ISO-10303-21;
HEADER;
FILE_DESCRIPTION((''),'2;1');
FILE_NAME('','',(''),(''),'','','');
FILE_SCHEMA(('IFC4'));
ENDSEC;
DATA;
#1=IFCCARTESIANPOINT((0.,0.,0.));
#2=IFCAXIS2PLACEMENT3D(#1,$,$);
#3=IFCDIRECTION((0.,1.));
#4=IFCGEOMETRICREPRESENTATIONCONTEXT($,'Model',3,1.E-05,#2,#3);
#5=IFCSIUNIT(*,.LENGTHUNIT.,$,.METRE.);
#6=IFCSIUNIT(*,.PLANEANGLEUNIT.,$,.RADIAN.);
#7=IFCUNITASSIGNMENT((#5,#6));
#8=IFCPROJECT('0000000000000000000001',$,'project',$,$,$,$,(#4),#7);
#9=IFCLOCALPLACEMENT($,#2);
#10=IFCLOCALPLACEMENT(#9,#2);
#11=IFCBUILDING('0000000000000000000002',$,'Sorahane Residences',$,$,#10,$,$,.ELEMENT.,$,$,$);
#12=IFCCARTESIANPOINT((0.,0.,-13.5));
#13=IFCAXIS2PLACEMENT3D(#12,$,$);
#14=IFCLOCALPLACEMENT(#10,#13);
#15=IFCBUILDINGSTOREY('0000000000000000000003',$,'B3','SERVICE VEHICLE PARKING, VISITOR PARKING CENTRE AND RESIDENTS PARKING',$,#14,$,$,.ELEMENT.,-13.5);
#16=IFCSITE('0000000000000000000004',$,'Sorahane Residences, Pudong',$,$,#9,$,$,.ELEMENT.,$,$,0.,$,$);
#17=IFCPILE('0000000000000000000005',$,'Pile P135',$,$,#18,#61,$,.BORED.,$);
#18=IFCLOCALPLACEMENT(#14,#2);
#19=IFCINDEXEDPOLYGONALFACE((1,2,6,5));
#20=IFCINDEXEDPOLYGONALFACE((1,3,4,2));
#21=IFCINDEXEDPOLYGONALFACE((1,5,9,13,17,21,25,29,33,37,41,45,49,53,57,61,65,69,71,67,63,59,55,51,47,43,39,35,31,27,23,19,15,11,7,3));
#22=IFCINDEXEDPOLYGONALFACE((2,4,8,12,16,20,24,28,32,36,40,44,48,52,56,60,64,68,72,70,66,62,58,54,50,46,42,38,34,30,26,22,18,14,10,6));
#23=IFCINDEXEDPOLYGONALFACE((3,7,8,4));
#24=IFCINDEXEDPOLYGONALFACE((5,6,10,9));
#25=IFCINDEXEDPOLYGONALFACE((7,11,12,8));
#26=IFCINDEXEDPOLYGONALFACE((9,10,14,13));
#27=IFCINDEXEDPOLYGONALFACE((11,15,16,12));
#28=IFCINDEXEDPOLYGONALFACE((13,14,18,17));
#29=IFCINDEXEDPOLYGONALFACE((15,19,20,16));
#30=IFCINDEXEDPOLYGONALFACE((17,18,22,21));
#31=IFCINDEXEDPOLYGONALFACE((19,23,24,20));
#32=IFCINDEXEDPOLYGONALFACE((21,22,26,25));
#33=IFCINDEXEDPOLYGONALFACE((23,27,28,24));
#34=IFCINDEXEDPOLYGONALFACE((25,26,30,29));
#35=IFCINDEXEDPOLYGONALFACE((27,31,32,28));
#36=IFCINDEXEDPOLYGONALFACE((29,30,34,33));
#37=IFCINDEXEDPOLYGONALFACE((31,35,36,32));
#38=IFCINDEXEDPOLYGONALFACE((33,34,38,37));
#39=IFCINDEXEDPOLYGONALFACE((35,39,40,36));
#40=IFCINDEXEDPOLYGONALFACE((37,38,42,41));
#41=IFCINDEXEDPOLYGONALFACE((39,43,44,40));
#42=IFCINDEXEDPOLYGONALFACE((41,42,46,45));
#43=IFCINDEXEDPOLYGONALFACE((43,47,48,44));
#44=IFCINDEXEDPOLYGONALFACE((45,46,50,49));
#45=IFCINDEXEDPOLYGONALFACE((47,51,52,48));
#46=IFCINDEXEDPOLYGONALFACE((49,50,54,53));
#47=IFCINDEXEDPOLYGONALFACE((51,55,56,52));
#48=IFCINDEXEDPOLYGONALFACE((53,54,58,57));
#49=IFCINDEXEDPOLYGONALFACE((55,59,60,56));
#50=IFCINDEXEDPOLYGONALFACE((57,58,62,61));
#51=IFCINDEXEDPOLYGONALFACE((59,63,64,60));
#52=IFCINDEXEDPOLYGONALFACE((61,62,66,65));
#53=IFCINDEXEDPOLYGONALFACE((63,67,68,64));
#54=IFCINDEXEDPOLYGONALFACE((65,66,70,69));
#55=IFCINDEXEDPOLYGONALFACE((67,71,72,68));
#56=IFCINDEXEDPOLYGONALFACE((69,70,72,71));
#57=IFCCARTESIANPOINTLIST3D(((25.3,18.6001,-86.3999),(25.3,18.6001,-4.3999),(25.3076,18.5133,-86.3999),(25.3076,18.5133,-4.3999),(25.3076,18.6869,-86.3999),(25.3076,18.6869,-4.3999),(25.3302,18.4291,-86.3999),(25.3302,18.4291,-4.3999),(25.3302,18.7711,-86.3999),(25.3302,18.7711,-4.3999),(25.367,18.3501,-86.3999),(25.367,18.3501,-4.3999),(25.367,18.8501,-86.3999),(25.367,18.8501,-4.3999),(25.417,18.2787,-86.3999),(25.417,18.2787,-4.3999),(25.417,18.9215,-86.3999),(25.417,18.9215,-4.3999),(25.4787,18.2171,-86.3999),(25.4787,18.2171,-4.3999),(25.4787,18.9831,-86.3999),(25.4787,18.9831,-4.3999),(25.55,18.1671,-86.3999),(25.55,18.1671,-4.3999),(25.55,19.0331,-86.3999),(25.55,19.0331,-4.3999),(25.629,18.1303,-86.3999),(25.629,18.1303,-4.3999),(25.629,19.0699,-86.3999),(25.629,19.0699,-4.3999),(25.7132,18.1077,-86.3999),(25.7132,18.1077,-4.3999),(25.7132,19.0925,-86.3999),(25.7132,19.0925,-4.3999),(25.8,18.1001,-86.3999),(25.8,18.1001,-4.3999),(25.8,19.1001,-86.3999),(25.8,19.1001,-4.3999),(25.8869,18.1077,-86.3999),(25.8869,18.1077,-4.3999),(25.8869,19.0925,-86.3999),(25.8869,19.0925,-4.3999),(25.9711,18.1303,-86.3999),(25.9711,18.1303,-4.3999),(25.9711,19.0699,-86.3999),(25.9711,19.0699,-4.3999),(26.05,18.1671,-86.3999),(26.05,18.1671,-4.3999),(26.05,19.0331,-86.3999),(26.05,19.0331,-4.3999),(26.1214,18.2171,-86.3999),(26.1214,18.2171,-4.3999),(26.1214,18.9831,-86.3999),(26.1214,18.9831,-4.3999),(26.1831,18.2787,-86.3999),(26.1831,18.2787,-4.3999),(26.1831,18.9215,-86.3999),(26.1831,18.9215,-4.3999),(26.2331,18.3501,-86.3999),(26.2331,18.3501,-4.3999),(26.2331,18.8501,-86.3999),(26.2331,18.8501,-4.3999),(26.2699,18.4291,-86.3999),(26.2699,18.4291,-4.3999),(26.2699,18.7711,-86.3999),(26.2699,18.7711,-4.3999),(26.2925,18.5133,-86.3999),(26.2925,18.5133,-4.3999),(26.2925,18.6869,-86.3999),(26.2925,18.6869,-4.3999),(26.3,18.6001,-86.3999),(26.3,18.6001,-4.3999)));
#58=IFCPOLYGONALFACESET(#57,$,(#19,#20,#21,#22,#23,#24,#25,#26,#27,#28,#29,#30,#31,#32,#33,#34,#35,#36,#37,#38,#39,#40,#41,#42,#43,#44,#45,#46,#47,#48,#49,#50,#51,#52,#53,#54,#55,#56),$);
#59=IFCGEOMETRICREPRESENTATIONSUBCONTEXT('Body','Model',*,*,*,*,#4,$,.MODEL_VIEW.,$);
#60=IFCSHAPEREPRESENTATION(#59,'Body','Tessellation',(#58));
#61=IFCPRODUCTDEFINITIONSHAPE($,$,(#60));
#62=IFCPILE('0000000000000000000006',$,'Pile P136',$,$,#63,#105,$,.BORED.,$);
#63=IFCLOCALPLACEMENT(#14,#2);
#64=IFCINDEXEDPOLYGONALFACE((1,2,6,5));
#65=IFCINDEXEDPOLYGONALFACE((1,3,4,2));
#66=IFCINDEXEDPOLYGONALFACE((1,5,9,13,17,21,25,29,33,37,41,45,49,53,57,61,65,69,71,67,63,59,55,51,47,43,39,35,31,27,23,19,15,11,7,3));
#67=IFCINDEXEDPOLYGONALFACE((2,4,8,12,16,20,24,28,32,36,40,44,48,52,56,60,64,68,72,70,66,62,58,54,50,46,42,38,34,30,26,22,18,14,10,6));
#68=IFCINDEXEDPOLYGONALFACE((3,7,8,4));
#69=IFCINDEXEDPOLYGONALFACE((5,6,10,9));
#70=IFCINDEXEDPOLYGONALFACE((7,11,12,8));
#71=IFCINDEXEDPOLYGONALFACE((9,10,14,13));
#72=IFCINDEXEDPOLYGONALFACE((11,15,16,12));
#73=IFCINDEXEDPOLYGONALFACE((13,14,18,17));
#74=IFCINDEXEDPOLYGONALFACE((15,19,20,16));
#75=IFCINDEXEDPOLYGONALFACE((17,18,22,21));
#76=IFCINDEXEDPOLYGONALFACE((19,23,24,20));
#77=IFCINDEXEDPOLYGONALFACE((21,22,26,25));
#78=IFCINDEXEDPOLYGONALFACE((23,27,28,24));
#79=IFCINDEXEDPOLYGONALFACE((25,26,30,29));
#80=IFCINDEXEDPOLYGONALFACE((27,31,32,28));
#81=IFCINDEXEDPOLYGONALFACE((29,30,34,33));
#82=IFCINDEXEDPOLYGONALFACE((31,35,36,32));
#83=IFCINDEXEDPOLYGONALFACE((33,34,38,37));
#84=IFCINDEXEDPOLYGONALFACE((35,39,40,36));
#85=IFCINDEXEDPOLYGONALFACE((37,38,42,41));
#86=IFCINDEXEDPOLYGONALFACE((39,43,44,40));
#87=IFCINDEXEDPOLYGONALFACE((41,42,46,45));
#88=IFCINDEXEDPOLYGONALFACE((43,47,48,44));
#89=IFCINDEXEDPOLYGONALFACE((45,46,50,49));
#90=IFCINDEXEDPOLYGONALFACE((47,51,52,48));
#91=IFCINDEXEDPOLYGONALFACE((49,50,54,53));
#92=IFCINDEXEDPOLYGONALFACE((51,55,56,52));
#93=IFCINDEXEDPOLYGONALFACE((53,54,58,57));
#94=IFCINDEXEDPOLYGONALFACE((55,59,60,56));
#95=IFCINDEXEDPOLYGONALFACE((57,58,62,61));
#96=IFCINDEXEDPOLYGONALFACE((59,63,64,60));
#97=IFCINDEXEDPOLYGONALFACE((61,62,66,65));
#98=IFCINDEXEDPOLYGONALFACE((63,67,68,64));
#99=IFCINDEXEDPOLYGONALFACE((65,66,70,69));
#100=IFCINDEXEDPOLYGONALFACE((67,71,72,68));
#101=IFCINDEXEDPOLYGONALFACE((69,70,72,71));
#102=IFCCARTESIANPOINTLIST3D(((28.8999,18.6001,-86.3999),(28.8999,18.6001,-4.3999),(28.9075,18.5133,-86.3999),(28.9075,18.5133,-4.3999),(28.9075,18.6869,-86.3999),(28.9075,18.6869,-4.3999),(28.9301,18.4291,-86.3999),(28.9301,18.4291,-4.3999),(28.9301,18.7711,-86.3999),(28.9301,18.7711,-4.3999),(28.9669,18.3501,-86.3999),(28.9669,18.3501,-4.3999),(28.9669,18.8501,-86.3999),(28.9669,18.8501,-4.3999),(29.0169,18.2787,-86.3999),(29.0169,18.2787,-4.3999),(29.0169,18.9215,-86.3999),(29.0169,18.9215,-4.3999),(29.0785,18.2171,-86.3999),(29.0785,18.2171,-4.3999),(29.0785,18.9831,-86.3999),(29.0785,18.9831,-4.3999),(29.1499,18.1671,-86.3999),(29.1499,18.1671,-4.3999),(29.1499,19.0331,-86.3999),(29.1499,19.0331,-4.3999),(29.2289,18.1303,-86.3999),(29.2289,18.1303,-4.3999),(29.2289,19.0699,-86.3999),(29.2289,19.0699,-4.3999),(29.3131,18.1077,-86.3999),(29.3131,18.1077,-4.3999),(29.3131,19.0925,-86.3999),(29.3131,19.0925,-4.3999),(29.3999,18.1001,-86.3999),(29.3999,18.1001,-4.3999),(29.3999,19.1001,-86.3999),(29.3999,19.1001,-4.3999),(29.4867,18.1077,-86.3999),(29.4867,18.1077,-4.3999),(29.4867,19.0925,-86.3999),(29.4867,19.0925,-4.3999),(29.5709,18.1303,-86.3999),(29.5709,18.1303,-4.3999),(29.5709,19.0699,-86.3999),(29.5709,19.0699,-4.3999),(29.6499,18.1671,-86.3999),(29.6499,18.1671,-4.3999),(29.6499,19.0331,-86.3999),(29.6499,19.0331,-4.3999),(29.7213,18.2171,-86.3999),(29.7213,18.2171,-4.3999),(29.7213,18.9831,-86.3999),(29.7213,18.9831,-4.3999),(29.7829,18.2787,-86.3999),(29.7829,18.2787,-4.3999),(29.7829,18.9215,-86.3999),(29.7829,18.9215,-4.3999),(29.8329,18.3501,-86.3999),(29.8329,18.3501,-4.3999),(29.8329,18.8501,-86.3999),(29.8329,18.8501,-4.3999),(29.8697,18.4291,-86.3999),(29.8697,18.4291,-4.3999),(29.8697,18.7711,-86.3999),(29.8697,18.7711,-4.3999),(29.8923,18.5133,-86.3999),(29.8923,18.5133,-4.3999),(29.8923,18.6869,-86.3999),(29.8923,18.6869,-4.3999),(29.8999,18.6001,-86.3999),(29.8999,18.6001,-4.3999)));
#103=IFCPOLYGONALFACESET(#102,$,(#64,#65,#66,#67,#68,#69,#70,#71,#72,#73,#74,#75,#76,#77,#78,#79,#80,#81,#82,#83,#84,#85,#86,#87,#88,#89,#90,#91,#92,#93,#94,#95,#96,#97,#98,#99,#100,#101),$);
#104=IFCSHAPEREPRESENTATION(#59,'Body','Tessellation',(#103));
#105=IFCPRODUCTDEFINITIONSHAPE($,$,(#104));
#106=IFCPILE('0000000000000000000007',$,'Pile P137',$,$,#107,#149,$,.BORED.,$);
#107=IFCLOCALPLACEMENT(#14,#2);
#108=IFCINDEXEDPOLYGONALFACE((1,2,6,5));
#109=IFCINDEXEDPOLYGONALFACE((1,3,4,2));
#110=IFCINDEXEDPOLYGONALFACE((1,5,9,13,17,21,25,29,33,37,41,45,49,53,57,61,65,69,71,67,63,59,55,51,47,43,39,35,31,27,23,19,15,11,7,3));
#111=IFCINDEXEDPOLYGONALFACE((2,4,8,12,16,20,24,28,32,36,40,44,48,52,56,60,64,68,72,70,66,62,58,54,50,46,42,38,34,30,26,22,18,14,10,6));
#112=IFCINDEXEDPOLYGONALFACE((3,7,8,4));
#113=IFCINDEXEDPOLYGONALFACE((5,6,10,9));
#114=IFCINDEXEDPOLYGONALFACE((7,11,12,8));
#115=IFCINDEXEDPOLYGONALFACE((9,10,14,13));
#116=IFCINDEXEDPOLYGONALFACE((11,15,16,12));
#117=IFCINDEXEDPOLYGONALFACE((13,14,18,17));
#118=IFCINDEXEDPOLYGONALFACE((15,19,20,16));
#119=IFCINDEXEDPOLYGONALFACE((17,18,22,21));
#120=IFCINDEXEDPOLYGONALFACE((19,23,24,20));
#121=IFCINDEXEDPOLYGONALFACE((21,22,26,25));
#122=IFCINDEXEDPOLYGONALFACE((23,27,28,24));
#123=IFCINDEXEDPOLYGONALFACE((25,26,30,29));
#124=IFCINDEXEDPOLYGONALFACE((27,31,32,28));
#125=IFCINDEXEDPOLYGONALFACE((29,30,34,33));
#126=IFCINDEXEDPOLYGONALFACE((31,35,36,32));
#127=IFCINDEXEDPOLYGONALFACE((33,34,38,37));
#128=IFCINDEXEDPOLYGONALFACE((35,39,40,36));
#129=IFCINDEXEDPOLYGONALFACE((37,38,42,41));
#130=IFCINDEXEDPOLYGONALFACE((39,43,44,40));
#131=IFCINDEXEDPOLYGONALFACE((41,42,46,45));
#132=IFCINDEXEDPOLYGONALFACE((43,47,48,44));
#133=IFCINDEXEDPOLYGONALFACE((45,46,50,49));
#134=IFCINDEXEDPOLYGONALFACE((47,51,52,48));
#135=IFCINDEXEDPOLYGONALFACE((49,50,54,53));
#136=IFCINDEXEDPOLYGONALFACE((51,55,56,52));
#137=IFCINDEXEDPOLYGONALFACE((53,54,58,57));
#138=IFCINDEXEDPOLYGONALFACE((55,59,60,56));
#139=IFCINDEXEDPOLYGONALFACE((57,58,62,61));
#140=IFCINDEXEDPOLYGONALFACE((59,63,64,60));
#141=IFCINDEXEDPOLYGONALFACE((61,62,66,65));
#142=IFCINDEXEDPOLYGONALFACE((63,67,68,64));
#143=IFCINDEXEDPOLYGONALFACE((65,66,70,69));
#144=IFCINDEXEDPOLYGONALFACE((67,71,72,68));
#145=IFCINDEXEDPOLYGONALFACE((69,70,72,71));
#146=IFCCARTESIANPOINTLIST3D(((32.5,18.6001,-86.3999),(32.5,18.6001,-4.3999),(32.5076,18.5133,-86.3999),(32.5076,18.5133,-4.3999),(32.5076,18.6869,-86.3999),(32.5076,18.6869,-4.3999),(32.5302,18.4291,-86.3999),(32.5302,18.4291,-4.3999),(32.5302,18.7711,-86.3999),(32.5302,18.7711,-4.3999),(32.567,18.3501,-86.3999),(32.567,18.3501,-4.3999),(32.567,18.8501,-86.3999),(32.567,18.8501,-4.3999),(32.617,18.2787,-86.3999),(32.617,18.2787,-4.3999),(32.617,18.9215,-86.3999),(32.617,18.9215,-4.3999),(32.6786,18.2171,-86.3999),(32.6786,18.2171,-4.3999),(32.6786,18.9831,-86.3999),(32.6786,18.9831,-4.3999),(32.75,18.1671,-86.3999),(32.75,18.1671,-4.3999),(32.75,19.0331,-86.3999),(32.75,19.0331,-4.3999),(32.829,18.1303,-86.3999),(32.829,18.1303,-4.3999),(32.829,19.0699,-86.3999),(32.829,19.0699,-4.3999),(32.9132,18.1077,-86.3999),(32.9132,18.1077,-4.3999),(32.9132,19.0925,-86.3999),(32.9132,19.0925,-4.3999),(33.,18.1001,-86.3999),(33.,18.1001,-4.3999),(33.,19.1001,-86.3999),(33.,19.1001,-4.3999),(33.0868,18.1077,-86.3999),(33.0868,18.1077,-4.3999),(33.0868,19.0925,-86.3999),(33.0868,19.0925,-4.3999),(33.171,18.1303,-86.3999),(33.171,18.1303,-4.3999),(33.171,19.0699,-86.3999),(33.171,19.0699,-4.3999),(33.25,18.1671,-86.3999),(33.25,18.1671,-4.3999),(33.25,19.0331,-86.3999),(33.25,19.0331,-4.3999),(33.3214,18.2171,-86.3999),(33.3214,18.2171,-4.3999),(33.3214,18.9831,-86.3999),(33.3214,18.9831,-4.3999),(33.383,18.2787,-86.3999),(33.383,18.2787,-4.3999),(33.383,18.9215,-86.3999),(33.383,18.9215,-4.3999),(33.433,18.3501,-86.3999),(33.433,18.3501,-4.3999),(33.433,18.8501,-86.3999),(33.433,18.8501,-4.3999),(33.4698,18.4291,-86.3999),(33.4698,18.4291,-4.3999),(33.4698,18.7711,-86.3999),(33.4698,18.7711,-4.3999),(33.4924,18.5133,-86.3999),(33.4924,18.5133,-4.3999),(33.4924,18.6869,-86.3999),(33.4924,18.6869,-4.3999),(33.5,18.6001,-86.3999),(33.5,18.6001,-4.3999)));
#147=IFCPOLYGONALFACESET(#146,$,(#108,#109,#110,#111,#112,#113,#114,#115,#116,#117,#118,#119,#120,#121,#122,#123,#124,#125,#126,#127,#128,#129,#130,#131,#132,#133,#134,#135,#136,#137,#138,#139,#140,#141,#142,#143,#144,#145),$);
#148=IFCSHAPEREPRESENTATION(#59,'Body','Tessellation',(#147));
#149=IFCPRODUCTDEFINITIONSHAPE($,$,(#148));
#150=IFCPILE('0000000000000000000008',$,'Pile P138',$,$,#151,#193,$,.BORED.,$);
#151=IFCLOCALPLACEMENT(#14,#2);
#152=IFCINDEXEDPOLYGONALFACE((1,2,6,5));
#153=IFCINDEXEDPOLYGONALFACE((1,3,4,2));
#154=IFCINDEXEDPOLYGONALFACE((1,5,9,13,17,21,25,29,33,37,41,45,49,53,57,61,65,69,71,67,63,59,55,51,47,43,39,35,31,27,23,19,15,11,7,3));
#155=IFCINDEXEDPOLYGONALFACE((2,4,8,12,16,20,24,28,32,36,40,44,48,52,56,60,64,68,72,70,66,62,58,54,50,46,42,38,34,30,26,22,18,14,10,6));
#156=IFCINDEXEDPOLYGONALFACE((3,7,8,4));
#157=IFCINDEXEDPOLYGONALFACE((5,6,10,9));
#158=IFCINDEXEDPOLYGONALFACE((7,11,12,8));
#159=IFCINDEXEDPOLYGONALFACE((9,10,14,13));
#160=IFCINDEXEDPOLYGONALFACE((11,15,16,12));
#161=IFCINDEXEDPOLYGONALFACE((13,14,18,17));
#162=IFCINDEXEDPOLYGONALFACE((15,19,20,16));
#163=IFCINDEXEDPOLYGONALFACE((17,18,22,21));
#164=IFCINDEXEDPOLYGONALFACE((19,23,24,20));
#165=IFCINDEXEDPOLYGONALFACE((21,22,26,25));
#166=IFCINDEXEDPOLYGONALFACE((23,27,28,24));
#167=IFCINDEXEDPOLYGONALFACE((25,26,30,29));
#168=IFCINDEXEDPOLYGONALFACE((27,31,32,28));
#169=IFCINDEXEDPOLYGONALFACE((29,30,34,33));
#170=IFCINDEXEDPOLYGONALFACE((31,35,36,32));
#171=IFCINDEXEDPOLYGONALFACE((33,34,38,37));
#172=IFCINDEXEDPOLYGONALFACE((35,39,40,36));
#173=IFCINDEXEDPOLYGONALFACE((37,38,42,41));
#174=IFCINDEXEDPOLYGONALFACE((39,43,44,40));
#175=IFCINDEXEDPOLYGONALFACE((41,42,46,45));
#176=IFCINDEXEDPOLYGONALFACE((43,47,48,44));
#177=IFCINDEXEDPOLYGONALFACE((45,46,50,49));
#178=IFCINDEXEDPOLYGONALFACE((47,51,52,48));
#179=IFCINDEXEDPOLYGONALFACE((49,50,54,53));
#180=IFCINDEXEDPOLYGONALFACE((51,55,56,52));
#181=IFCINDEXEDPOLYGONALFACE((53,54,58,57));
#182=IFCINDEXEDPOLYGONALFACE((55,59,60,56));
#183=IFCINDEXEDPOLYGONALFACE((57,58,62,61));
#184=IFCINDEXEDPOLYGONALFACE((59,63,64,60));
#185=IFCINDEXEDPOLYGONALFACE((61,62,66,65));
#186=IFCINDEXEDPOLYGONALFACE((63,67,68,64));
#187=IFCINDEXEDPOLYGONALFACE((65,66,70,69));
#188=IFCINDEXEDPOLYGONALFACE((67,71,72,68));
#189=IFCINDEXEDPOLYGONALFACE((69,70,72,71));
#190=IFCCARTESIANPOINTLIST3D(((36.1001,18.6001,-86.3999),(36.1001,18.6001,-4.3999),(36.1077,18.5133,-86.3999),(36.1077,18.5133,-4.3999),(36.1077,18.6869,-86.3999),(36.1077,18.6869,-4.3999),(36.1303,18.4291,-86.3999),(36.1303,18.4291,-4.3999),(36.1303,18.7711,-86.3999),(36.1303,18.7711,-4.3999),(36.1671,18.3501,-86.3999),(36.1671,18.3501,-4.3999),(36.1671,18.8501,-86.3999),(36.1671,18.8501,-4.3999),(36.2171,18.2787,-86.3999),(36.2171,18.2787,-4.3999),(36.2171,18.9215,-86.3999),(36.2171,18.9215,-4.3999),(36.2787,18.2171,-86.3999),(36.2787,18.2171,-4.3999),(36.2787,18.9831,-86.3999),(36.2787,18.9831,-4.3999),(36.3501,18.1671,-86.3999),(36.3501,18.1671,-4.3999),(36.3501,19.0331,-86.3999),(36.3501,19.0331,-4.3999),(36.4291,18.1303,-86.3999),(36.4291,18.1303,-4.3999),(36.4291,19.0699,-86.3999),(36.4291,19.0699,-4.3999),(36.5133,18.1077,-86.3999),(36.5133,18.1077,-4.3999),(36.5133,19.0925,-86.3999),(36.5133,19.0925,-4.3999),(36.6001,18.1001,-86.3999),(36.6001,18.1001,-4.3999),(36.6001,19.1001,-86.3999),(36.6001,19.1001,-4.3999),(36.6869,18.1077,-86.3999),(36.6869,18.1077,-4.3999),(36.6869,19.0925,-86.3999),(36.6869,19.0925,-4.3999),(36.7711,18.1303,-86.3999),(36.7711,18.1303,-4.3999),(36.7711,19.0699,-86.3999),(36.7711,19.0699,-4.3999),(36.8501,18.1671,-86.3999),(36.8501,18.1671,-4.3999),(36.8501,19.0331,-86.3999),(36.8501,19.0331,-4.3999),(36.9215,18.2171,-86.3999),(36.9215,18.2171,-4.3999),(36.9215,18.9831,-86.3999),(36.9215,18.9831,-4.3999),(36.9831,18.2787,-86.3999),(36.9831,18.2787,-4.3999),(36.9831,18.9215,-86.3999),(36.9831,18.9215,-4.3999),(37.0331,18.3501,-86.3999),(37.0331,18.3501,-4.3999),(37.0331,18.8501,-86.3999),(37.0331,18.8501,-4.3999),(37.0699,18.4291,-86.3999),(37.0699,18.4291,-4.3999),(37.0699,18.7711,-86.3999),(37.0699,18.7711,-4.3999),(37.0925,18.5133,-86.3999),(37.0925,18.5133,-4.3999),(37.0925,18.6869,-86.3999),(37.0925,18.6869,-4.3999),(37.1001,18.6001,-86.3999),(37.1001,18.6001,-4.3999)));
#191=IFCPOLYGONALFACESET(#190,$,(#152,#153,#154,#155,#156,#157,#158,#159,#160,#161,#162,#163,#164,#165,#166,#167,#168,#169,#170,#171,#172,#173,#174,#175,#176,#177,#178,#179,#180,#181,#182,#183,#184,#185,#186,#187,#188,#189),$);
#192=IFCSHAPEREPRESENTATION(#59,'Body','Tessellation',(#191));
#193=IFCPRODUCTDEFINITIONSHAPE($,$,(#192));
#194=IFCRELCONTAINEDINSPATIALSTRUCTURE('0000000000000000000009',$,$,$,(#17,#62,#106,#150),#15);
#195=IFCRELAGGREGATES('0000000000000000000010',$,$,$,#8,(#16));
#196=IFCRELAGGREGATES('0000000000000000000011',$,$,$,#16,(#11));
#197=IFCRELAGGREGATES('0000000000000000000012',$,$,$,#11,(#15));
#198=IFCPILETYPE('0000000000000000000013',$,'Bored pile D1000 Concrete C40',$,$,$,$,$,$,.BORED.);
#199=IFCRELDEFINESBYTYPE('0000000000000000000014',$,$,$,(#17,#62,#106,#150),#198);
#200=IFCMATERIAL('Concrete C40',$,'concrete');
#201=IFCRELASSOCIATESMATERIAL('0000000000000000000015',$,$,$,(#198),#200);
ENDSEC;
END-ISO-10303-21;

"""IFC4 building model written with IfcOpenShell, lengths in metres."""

from ifc_helpers import new_model, si_unit, direction, frame, origin, origin_2d, place, context, subcontext, project, spatial, circle, extrude, material, material_profile, profile_set, type_object, element, save


model = new_model("IFC4")

# Units and contexts
model_context = context("Model", 3, precision=1e-05, world=origin(), true_north=direction((0.0, 1.0)))
body_context = subcontext(model_context, "Body", "Model", "MODEL_VIEW")
ifc_project = project(units=[si_unit("LENGTHUNIT", "METRE"), si_unit("PLANEANGLEUNIT", "RADIAN")], contexts=[model_context])

# Site, building, storey
site_placement = place(None, origin())
site = spatial("IfcSite", under=ifc_project, at=site_placement, Name="Sorahane Residences, Pudong", CompositionType="ELEMENT", RefElevation=0.0)
building_placement = place(site_placement, origin())
building = spatial("IfcBuilding", under=site, at=building_placement, Name="Sorahane Residences", CompositionType="ELEMENT")
storey_placement = place(building_placement, frame((0.0, 0.0, -13.5)))
storey = spatial("IfcBuildingStorey", under=building, at=storey_placement, Name="B3", Description="SERVICE VEHICLE PARKING, VISITOR PARKING CENTRE AND RESIDENTS PARKING", CompositionType="ELEMENT", Elevation=-13.5)

# Piles
ifc_material_1 = material(Name="Concrete C40", Category="concrete")
ifc_material_profile_1 = material_profile(ifc_material_1, circle(Radius=0.5, at=origin_2d()), Name="D1000")
ifc_profile_set_1 = profile_set([ifc_material_profile_1], Name="Concrete C40")
pile_type = type_object("IfcPileType", Name="Bored pile D1000 Concrete C40", PredefinedType="BORED", material=ifc_profile_set_1)
for number, where, z_axis, x_axis, name in (
    (1, (25.8, 18.6001, -4.3999), (0.0, 0.0, -1.0), (1.0, 0.0, 0.0), "Pile P135"),
    (2, (29.3999, 18.6001, -4.3999), (0.0, 0.0, -1.0), (1.0, 0.0, 0.0), "Pile P136"),
    (3, (33.0, 18.6001, -4.3999), (0.0, 0.0, -1.0), (1.0, 0.0, 0.0), "Pile P137"),
    (4, (36.6001, 18.6001, -4.3999), (0.0, 0.0, -1.0), (1.0, 0.0, 0.0), "Pile P138"),
):
    element("IfcPile", number, at=place(storey_placement, frame(where, z_axis=z_axis, x_axis=x_axis)), inside=storey, type_object=pile_type, Name=name, PredefinedType="BORED", context=body_context, shape_type="SweptSolid", body=[
        extrude(circle(Radius=0.5, at=origin_2d()), origin(), (0.0, 0.0, 1.0), 82.0),
    ])

save(model, "model.ifc")
